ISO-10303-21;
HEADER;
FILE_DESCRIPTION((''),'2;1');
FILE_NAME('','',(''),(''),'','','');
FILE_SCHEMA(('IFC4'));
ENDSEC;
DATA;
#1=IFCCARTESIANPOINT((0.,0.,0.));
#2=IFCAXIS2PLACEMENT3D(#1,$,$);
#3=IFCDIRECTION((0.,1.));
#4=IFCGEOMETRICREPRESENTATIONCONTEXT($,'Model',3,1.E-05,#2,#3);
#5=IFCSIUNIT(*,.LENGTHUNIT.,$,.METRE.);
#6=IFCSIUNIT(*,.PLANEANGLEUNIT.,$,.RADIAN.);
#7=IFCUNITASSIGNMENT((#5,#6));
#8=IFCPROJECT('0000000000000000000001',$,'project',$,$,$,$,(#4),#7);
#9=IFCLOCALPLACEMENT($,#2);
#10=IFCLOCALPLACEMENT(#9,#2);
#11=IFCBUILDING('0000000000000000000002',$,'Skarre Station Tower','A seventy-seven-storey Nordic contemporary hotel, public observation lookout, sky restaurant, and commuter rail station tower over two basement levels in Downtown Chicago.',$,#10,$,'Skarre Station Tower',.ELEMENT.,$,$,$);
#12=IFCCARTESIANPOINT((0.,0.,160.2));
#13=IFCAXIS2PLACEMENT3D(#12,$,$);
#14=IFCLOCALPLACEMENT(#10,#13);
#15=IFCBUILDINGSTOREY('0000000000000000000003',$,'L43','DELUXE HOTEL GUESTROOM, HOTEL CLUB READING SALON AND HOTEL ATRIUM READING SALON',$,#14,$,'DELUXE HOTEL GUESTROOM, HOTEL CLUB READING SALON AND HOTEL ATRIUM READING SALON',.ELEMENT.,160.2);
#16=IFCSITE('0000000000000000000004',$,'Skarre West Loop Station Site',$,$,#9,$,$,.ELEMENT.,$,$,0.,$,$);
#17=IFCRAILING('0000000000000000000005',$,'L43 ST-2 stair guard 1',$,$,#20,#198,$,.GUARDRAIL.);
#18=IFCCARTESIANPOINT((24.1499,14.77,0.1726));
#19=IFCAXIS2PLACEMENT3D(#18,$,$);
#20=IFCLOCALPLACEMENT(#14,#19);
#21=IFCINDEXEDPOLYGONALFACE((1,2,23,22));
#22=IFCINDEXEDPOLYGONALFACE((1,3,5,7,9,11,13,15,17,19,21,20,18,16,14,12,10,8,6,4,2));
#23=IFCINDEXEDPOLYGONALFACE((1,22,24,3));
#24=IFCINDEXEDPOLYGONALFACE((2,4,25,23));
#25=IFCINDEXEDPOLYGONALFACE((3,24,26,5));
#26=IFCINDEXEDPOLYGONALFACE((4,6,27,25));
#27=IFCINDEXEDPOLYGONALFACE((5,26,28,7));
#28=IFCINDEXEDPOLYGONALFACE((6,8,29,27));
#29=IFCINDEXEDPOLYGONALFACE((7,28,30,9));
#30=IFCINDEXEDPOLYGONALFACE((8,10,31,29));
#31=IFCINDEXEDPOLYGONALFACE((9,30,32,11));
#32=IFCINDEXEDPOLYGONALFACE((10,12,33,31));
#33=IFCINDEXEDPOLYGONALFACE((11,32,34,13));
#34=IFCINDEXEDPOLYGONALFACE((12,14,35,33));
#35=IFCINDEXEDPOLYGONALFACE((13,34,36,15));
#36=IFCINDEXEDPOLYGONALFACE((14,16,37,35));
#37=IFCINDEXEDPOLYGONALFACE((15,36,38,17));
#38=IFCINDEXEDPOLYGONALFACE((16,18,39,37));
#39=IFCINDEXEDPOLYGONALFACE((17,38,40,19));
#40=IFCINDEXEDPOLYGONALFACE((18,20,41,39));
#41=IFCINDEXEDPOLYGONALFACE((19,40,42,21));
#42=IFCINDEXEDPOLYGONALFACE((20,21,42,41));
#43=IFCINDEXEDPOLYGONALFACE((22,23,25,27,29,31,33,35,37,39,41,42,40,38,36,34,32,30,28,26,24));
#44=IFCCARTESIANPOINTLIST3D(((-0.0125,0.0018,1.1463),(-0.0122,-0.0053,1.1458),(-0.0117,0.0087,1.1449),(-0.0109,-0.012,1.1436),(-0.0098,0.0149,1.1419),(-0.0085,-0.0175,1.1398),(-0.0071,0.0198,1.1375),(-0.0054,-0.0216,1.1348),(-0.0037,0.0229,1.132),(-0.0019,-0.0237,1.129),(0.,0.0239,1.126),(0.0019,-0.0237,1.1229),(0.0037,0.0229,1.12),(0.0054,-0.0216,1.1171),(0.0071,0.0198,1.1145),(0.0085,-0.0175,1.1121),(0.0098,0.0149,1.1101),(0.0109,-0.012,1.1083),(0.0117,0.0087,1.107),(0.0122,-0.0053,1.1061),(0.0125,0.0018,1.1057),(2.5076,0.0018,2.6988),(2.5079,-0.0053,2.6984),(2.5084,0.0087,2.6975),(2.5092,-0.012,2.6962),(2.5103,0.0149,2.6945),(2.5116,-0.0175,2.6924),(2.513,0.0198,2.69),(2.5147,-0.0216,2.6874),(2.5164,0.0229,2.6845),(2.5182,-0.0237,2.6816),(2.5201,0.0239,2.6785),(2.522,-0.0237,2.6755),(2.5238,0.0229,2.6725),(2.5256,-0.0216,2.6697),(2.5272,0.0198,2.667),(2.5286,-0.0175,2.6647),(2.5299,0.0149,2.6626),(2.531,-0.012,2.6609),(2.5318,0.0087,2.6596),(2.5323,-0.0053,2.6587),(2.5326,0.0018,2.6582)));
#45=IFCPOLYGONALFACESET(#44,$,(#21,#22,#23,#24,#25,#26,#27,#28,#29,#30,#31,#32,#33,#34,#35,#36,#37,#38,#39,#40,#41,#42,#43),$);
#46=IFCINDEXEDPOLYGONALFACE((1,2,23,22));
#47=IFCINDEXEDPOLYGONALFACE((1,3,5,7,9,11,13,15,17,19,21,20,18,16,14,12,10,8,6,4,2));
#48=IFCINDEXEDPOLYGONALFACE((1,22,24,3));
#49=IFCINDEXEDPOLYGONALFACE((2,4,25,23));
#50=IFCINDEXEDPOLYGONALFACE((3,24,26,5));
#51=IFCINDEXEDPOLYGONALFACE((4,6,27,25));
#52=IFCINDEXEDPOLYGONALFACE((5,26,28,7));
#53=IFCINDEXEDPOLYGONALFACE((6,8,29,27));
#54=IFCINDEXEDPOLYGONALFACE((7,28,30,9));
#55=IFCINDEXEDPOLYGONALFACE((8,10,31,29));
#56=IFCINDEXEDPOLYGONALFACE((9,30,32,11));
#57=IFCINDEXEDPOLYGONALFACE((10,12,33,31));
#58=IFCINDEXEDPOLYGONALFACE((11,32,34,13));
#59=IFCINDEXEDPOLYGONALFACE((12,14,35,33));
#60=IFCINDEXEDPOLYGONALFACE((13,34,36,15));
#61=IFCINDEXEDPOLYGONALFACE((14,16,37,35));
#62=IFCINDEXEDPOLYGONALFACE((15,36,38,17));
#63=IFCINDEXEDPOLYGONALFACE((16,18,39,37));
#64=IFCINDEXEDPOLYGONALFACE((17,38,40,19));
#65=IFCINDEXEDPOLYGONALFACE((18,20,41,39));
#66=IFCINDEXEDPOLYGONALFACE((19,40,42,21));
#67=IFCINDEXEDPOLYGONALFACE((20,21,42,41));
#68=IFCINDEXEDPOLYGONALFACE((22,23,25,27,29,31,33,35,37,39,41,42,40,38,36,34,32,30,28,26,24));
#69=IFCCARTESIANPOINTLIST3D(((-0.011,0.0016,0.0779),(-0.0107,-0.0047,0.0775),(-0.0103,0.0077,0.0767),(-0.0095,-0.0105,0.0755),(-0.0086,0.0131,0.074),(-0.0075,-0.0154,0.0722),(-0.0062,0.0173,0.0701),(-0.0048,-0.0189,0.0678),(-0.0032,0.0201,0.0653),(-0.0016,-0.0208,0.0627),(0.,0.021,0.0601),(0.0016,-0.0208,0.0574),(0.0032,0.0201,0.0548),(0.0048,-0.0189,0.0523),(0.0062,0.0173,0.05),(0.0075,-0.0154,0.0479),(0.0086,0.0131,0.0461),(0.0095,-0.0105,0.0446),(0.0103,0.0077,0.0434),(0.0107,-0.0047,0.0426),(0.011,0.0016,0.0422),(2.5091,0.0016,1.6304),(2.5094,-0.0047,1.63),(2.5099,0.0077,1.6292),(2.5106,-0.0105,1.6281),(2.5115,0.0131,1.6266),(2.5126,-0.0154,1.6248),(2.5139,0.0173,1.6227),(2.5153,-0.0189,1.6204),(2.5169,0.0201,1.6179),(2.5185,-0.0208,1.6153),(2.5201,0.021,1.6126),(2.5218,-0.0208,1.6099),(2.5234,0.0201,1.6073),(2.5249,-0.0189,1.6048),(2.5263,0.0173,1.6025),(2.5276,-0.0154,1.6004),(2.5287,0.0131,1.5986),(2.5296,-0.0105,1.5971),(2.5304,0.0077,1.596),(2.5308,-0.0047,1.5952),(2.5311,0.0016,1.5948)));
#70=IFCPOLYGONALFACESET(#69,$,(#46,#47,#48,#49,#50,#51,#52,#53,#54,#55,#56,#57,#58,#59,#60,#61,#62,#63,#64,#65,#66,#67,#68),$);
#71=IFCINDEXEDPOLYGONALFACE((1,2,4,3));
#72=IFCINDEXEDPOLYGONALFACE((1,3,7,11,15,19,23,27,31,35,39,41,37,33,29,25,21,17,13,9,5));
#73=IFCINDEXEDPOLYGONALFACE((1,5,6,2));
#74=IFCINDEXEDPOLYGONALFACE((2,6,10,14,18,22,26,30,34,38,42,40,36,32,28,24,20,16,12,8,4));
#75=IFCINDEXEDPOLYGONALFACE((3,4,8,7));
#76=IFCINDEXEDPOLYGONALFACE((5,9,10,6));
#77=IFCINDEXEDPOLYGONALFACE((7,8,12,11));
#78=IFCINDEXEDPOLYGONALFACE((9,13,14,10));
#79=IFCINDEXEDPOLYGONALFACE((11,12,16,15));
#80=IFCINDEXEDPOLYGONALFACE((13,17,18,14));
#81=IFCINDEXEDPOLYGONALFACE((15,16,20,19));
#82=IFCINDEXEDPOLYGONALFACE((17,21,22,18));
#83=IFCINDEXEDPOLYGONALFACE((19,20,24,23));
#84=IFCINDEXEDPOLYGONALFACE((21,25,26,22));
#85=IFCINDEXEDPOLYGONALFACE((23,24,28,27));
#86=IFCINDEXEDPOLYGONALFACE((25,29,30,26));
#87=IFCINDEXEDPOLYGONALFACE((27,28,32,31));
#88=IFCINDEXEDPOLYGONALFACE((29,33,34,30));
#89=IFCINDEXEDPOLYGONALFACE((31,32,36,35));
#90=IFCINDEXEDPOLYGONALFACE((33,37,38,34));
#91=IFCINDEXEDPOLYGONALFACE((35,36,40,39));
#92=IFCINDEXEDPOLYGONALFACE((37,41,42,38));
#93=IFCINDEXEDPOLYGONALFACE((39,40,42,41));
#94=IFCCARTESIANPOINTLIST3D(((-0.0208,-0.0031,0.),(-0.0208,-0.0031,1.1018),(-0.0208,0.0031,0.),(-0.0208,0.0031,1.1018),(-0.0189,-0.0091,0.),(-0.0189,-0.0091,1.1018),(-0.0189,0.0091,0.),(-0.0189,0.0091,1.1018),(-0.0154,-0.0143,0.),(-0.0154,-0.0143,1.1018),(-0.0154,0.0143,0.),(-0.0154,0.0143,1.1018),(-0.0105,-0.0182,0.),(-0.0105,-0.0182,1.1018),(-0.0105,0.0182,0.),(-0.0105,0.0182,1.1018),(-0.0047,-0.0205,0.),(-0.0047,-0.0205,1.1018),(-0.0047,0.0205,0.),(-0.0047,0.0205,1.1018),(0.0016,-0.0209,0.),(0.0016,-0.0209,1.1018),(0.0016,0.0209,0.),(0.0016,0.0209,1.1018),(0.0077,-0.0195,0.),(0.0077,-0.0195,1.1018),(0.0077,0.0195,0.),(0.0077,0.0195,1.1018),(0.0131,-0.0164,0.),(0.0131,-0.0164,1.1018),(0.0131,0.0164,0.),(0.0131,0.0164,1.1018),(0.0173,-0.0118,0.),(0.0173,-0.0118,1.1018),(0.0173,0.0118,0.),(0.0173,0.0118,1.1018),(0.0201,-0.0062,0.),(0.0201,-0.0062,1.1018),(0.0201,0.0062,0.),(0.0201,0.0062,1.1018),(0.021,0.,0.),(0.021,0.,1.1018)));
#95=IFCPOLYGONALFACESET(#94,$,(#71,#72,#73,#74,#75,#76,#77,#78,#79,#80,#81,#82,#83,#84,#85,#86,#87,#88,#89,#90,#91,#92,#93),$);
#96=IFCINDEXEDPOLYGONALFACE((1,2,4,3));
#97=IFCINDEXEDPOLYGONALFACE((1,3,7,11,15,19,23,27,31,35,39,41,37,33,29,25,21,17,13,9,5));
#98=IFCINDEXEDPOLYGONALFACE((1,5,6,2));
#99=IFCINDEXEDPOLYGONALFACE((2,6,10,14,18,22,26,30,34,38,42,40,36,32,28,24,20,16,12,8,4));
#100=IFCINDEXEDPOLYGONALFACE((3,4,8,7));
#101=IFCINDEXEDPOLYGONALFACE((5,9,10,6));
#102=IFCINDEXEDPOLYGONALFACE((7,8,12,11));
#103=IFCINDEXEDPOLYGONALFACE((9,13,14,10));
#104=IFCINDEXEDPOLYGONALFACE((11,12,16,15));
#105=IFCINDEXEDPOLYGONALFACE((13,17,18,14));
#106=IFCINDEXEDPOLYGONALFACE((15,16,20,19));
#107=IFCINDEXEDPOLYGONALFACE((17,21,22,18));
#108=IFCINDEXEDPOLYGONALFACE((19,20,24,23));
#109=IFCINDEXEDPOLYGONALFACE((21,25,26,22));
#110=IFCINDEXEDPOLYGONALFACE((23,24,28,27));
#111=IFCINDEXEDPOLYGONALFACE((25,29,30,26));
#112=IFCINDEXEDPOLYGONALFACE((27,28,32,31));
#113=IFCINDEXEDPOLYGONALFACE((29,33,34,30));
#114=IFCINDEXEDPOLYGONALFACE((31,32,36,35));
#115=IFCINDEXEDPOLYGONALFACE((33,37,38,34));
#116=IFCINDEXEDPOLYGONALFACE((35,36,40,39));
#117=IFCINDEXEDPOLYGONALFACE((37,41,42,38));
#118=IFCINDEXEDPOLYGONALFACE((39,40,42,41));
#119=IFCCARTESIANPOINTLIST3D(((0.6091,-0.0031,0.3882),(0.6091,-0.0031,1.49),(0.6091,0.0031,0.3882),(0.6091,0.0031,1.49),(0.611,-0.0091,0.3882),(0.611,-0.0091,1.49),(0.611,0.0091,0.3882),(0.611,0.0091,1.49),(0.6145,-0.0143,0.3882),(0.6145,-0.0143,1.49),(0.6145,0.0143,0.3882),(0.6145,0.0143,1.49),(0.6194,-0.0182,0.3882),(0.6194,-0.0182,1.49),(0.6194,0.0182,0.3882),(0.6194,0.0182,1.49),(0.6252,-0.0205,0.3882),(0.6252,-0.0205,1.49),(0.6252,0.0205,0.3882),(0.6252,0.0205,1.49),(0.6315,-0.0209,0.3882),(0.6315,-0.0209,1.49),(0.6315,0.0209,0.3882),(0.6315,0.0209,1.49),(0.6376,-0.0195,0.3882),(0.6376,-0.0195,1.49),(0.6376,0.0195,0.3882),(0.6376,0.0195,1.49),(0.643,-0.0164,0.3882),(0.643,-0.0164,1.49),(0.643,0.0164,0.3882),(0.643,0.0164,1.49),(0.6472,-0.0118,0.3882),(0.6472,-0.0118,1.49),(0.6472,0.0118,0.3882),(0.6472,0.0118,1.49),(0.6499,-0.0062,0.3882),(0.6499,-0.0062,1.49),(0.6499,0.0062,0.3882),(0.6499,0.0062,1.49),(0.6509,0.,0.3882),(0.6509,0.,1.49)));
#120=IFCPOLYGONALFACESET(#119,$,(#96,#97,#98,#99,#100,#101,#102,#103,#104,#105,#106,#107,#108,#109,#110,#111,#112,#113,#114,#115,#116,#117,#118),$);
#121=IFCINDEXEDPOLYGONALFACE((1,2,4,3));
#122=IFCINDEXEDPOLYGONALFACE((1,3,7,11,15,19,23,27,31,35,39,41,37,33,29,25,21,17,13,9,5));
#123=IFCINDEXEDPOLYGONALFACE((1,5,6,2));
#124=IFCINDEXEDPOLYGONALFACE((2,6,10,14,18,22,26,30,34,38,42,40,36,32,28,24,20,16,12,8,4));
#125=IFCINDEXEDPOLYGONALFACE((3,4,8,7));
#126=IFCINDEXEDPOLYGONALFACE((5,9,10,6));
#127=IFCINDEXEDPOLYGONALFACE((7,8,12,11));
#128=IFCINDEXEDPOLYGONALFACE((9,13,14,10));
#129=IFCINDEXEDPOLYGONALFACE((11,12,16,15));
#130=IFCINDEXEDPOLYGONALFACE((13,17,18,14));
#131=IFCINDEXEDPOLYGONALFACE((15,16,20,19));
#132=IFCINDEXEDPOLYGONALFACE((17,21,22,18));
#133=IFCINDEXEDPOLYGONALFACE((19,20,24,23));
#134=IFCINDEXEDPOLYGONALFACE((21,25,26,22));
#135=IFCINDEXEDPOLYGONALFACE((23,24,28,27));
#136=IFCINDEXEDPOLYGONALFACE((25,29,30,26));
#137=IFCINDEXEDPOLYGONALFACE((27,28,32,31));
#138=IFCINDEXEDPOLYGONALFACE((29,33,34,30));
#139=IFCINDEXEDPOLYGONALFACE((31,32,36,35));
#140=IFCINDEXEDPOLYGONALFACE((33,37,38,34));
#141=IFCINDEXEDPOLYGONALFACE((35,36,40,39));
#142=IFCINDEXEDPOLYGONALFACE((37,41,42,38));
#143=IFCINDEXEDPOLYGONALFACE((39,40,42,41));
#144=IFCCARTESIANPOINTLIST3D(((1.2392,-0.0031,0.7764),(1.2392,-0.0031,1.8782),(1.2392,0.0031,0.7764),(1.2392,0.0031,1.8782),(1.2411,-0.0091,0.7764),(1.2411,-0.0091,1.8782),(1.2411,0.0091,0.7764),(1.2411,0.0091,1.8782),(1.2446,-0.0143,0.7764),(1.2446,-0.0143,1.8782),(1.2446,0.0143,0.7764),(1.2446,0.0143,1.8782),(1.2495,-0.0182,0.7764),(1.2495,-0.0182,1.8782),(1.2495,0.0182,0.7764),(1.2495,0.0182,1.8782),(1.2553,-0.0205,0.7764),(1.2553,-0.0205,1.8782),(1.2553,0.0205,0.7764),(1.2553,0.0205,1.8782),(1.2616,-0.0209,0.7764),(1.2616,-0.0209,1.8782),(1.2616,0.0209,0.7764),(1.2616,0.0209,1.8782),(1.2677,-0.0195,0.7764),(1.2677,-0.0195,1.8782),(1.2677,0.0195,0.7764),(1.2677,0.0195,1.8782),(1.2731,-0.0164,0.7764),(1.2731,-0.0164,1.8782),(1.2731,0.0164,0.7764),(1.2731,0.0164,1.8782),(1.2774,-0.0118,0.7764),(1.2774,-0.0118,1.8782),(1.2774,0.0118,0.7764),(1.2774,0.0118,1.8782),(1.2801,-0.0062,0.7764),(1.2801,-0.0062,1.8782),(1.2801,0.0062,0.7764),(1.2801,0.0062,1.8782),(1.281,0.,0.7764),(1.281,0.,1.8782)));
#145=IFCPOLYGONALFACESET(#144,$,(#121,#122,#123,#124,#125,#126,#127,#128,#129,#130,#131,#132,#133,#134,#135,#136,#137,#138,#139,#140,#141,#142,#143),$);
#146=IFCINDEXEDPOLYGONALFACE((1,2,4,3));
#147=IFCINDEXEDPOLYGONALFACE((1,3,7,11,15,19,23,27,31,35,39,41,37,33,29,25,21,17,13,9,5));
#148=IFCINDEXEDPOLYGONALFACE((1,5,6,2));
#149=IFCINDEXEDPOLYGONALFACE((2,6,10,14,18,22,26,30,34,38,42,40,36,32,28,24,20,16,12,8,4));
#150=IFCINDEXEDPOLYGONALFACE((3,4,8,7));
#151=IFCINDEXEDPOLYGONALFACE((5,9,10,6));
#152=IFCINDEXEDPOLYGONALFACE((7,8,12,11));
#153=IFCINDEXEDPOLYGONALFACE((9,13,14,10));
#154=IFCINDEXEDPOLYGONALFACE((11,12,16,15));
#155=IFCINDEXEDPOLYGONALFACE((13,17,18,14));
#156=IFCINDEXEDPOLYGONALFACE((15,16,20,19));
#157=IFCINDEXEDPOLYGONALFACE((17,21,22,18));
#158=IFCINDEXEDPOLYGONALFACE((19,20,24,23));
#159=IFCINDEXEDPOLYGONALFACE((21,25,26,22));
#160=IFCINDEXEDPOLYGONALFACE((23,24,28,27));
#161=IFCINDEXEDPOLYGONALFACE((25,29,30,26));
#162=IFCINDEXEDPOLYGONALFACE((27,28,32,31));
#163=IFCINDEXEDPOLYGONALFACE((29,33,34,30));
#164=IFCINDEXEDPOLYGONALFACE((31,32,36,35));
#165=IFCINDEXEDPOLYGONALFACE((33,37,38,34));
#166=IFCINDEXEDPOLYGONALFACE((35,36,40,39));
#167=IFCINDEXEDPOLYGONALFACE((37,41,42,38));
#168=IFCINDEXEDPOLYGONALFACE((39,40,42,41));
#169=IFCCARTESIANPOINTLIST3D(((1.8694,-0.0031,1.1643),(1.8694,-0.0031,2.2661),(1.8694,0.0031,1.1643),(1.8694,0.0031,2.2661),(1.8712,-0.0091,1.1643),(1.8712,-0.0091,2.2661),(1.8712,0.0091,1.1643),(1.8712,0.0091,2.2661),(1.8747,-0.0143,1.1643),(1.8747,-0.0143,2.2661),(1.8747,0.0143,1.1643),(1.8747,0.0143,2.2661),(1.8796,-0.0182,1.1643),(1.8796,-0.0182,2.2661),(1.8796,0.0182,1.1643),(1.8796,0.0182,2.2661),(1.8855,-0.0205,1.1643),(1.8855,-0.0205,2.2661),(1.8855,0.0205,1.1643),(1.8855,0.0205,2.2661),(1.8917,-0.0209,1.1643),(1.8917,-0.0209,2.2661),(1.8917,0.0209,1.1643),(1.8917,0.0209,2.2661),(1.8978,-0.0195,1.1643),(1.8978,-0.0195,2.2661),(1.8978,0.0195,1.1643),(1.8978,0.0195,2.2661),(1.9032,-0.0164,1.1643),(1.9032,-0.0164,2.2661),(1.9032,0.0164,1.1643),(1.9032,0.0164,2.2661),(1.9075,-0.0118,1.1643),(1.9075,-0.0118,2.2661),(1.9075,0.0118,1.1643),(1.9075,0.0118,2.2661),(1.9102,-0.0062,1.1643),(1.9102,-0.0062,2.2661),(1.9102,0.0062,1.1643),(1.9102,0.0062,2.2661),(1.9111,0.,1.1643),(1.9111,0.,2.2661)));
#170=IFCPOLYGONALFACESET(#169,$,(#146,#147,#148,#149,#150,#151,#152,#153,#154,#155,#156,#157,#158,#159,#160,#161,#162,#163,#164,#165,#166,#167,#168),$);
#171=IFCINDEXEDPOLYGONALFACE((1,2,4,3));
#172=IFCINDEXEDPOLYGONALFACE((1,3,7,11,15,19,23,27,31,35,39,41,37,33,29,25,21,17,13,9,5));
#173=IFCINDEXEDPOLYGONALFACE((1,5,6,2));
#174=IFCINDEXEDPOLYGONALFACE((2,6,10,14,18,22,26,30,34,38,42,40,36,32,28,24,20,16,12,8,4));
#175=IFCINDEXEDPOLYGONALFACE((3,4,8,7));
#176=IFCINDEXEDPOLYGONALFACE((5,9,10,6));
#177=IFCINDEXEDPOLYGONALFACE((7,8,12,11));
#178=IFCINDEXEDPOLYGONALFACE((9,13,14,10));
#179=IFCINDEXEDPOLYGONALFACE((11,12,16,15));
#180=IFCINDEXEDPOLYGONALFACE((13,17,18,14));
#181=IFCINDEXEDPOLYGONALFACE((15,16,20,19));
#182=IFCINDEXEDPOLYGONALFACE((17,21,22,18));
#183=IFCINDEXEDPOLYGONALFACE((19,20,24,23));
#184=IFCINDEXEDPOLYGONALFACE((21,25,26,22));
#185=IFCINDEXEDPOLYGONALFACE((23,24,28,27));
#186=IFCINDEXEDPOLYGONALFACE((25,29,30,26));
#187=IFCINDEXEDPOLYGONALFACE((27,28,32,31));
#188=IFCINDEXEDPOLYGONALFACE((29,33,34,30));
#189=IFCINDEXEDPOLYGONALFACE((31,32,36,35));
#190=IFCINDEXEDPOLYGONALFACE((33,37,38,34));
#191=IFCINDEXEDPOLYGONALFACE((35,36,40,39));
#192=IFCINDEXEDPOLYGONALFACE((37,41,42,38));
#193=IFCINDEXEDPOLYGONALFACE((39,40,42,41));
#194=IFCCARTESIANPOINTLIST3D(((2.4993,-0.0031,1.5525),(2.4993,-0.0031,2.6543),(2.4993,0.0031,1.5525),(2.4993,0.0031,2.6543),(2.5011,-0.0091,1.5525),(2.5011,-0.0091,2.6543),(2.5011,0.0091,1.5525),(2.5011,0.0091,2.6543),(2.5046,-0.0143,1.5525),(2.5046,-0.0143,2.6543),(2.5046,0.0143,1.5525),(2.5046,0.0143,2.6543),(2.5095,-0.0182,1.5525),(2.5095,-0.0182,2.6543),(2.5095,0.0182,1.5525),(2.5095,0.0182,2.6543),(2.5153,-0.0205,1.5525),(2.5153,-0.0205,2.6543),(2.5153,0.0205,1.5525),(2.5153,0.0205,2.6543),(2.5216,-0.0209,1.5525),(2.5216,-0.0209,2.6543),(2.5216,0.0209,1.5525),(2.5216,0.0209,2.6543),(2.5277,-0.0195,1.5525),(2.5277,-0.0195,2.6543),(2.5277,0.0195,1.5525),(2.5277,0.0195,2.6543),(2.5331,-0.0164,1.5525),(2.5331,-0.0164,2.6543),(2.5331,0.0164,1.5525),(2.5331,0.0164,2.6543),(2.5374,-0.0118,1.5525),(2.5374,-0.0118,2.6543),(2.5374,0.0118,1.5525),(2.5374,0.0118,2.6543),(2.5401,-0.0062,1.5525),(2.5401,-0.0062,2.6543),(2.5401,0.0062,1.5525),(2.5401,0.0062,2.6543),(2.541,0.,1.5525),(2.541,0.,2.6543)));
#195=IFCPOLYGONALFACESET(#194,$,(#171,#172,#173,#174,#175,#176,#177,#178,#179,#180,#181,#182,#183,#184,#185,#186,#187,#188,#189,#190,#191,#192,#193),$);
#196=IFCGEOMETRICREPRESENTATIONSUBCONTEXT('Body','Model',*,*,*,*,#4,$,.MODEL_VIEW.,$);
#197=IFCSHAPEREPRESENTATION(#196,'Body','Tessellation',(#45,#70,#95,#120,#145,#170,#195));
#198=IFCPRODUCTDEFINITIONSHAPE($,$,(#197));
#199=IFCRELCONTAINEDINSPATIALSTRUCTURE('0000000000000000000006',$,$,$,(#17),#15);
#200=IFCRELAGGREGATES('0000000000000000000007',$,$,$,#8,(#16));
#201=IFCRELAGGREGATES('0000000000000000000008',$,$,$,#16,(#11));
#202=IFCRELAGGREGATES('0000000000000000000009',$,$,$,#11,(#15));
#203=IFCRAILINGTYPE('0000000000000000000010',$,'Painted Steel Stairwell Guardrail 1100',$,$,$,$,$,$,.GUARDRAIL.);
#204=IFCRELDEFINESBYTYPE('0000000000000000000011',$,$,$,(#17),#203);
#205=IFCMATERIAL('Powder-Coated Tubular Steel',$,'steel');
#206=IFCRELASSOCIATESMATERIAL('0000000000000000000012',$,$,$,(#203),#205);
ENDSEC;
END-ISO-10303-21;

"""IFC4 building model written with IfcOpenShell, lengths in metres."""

from ifc_helpers import new_model, si_unit, direction, frame, origin, origin_2d, place, context, subcontext, project, spatial, circle, extrude, material, type_object, element, save


model = new_model("IFC4")

# Units and contexts
model_context = context("Model", 3, precision=1e-05, world=origin(), true_north=direction((0.0, 1.0)))
body_context = subcontext(model_context, "Body", "Model", "MODEL_VIEW")
ifc_project = project(units=[si_unit("LENGTHUNIT", "METRE"), si_unit("PLANEANGLEUNIT", "RADIAN")], contexts=[model_context])

# Site, building, storey
site_placement = place(None, origin())
site = spatial("IfcSite", under=ifc_project, at=site_placement, Name="Skarre West Loop Station Site", CompositionType="ELEMENT", RefElevation=0.0)
building_placement = place(site_placement, origin())
building = spatial("IfcBuilding", under=site, at=building_placement, Name="Skarre Station Tower", Description="A seventy-seven-storey Nordic contemporary hotel, public observation lookout, sky restaurant, and commuter rail station tower over two basement levels in Downtown Chicago.", LongName="Skarre Station Tower", CompositionType="ELEMENT")
storey_placement = place(building_placement, frame((0.0, 0.0, 160.2)))
storey = spatial("IfcBuildingStorey", under=building, at=storey_placement, Name="L43", Description="DELUXE HOTEL GUESTROOM, HOTEL CLUB READING SALON AND HOTEL ATRIUM READING SALON", LongName="DELUXE HOTEL GUESTROOM, HOTEL CLUB READING SALON AND HOTEL ATRIUM READING SALON", CompositionType="ELEMENT", Elevation=160.2)

# Railing
ifc_material_1 = material(Name="Powder-Coated Tubular Steel", Category="steel")
railing_type_1 = type_object("IfcRailingType", Name="Painted Steel Stairwell Guardrail 1100", PredefinedType="GUARDRAIL", material=ifc_material_1)
railing_1_placement = place(storey_placement, frame((24.1499, 14.77, 0.1726)))
element("IfcRailing", 1, at=railing_1_placement, inside=storey, type_object=railing_type_1, Name="L43 ST-2 stair guard 1", PredefinedType="GUARDRAIL", context=body_context, shape_type="SweptSolid", body=[
    extrude(circle(Radius=0.0239, at=origin_2d()), frame((0.0, 0.0, 1.126), z_axis=(0.8514, 0.0, 0.524516), x_axis=(0.0, 1.0, 0.0)), (0.0, 0.0, 1.0), 2.96),
    extrude(circle(Radius=0.021, at=origin_2d()), frame((0.0, 0.0, 0.0601), z_axis=(0.8514, 0.0, 0.524516), x_axis=(0.0, 1.0, 0.0)), (0.0, 0.0, 1.0), 2.96),
    extrude(circle(Radius=0.021, at=origin_2d()), origin(), (0.0, 0.0, 1.0), 1.1018),
    extrude(circle(Radius=0.021, at=origin_2d()), frame((0.6299, 0.0, 0.3882)), (0.0, 0.0, 1.0), 1.1018),
    extrude(circle(Radius=0.021, at=origin_2d()), frame((1.26, 0.0, 0.7764)), (0.0, 0.0, 1.0), 1.1018),
    extrude(circle(Radius=0.021, at=origin_2d()), frame((1.8901, 0.0, 1.1643)), (0.0, 0.0, 1.0), 1.1018),
    extrude(circle(Radius=0.021, at=origin_2d()), frame((2.52, 0.0, 1.5525)), (0.0, 0.0, 1.0), 1.1018),
])

save(model, "model.ifc")
